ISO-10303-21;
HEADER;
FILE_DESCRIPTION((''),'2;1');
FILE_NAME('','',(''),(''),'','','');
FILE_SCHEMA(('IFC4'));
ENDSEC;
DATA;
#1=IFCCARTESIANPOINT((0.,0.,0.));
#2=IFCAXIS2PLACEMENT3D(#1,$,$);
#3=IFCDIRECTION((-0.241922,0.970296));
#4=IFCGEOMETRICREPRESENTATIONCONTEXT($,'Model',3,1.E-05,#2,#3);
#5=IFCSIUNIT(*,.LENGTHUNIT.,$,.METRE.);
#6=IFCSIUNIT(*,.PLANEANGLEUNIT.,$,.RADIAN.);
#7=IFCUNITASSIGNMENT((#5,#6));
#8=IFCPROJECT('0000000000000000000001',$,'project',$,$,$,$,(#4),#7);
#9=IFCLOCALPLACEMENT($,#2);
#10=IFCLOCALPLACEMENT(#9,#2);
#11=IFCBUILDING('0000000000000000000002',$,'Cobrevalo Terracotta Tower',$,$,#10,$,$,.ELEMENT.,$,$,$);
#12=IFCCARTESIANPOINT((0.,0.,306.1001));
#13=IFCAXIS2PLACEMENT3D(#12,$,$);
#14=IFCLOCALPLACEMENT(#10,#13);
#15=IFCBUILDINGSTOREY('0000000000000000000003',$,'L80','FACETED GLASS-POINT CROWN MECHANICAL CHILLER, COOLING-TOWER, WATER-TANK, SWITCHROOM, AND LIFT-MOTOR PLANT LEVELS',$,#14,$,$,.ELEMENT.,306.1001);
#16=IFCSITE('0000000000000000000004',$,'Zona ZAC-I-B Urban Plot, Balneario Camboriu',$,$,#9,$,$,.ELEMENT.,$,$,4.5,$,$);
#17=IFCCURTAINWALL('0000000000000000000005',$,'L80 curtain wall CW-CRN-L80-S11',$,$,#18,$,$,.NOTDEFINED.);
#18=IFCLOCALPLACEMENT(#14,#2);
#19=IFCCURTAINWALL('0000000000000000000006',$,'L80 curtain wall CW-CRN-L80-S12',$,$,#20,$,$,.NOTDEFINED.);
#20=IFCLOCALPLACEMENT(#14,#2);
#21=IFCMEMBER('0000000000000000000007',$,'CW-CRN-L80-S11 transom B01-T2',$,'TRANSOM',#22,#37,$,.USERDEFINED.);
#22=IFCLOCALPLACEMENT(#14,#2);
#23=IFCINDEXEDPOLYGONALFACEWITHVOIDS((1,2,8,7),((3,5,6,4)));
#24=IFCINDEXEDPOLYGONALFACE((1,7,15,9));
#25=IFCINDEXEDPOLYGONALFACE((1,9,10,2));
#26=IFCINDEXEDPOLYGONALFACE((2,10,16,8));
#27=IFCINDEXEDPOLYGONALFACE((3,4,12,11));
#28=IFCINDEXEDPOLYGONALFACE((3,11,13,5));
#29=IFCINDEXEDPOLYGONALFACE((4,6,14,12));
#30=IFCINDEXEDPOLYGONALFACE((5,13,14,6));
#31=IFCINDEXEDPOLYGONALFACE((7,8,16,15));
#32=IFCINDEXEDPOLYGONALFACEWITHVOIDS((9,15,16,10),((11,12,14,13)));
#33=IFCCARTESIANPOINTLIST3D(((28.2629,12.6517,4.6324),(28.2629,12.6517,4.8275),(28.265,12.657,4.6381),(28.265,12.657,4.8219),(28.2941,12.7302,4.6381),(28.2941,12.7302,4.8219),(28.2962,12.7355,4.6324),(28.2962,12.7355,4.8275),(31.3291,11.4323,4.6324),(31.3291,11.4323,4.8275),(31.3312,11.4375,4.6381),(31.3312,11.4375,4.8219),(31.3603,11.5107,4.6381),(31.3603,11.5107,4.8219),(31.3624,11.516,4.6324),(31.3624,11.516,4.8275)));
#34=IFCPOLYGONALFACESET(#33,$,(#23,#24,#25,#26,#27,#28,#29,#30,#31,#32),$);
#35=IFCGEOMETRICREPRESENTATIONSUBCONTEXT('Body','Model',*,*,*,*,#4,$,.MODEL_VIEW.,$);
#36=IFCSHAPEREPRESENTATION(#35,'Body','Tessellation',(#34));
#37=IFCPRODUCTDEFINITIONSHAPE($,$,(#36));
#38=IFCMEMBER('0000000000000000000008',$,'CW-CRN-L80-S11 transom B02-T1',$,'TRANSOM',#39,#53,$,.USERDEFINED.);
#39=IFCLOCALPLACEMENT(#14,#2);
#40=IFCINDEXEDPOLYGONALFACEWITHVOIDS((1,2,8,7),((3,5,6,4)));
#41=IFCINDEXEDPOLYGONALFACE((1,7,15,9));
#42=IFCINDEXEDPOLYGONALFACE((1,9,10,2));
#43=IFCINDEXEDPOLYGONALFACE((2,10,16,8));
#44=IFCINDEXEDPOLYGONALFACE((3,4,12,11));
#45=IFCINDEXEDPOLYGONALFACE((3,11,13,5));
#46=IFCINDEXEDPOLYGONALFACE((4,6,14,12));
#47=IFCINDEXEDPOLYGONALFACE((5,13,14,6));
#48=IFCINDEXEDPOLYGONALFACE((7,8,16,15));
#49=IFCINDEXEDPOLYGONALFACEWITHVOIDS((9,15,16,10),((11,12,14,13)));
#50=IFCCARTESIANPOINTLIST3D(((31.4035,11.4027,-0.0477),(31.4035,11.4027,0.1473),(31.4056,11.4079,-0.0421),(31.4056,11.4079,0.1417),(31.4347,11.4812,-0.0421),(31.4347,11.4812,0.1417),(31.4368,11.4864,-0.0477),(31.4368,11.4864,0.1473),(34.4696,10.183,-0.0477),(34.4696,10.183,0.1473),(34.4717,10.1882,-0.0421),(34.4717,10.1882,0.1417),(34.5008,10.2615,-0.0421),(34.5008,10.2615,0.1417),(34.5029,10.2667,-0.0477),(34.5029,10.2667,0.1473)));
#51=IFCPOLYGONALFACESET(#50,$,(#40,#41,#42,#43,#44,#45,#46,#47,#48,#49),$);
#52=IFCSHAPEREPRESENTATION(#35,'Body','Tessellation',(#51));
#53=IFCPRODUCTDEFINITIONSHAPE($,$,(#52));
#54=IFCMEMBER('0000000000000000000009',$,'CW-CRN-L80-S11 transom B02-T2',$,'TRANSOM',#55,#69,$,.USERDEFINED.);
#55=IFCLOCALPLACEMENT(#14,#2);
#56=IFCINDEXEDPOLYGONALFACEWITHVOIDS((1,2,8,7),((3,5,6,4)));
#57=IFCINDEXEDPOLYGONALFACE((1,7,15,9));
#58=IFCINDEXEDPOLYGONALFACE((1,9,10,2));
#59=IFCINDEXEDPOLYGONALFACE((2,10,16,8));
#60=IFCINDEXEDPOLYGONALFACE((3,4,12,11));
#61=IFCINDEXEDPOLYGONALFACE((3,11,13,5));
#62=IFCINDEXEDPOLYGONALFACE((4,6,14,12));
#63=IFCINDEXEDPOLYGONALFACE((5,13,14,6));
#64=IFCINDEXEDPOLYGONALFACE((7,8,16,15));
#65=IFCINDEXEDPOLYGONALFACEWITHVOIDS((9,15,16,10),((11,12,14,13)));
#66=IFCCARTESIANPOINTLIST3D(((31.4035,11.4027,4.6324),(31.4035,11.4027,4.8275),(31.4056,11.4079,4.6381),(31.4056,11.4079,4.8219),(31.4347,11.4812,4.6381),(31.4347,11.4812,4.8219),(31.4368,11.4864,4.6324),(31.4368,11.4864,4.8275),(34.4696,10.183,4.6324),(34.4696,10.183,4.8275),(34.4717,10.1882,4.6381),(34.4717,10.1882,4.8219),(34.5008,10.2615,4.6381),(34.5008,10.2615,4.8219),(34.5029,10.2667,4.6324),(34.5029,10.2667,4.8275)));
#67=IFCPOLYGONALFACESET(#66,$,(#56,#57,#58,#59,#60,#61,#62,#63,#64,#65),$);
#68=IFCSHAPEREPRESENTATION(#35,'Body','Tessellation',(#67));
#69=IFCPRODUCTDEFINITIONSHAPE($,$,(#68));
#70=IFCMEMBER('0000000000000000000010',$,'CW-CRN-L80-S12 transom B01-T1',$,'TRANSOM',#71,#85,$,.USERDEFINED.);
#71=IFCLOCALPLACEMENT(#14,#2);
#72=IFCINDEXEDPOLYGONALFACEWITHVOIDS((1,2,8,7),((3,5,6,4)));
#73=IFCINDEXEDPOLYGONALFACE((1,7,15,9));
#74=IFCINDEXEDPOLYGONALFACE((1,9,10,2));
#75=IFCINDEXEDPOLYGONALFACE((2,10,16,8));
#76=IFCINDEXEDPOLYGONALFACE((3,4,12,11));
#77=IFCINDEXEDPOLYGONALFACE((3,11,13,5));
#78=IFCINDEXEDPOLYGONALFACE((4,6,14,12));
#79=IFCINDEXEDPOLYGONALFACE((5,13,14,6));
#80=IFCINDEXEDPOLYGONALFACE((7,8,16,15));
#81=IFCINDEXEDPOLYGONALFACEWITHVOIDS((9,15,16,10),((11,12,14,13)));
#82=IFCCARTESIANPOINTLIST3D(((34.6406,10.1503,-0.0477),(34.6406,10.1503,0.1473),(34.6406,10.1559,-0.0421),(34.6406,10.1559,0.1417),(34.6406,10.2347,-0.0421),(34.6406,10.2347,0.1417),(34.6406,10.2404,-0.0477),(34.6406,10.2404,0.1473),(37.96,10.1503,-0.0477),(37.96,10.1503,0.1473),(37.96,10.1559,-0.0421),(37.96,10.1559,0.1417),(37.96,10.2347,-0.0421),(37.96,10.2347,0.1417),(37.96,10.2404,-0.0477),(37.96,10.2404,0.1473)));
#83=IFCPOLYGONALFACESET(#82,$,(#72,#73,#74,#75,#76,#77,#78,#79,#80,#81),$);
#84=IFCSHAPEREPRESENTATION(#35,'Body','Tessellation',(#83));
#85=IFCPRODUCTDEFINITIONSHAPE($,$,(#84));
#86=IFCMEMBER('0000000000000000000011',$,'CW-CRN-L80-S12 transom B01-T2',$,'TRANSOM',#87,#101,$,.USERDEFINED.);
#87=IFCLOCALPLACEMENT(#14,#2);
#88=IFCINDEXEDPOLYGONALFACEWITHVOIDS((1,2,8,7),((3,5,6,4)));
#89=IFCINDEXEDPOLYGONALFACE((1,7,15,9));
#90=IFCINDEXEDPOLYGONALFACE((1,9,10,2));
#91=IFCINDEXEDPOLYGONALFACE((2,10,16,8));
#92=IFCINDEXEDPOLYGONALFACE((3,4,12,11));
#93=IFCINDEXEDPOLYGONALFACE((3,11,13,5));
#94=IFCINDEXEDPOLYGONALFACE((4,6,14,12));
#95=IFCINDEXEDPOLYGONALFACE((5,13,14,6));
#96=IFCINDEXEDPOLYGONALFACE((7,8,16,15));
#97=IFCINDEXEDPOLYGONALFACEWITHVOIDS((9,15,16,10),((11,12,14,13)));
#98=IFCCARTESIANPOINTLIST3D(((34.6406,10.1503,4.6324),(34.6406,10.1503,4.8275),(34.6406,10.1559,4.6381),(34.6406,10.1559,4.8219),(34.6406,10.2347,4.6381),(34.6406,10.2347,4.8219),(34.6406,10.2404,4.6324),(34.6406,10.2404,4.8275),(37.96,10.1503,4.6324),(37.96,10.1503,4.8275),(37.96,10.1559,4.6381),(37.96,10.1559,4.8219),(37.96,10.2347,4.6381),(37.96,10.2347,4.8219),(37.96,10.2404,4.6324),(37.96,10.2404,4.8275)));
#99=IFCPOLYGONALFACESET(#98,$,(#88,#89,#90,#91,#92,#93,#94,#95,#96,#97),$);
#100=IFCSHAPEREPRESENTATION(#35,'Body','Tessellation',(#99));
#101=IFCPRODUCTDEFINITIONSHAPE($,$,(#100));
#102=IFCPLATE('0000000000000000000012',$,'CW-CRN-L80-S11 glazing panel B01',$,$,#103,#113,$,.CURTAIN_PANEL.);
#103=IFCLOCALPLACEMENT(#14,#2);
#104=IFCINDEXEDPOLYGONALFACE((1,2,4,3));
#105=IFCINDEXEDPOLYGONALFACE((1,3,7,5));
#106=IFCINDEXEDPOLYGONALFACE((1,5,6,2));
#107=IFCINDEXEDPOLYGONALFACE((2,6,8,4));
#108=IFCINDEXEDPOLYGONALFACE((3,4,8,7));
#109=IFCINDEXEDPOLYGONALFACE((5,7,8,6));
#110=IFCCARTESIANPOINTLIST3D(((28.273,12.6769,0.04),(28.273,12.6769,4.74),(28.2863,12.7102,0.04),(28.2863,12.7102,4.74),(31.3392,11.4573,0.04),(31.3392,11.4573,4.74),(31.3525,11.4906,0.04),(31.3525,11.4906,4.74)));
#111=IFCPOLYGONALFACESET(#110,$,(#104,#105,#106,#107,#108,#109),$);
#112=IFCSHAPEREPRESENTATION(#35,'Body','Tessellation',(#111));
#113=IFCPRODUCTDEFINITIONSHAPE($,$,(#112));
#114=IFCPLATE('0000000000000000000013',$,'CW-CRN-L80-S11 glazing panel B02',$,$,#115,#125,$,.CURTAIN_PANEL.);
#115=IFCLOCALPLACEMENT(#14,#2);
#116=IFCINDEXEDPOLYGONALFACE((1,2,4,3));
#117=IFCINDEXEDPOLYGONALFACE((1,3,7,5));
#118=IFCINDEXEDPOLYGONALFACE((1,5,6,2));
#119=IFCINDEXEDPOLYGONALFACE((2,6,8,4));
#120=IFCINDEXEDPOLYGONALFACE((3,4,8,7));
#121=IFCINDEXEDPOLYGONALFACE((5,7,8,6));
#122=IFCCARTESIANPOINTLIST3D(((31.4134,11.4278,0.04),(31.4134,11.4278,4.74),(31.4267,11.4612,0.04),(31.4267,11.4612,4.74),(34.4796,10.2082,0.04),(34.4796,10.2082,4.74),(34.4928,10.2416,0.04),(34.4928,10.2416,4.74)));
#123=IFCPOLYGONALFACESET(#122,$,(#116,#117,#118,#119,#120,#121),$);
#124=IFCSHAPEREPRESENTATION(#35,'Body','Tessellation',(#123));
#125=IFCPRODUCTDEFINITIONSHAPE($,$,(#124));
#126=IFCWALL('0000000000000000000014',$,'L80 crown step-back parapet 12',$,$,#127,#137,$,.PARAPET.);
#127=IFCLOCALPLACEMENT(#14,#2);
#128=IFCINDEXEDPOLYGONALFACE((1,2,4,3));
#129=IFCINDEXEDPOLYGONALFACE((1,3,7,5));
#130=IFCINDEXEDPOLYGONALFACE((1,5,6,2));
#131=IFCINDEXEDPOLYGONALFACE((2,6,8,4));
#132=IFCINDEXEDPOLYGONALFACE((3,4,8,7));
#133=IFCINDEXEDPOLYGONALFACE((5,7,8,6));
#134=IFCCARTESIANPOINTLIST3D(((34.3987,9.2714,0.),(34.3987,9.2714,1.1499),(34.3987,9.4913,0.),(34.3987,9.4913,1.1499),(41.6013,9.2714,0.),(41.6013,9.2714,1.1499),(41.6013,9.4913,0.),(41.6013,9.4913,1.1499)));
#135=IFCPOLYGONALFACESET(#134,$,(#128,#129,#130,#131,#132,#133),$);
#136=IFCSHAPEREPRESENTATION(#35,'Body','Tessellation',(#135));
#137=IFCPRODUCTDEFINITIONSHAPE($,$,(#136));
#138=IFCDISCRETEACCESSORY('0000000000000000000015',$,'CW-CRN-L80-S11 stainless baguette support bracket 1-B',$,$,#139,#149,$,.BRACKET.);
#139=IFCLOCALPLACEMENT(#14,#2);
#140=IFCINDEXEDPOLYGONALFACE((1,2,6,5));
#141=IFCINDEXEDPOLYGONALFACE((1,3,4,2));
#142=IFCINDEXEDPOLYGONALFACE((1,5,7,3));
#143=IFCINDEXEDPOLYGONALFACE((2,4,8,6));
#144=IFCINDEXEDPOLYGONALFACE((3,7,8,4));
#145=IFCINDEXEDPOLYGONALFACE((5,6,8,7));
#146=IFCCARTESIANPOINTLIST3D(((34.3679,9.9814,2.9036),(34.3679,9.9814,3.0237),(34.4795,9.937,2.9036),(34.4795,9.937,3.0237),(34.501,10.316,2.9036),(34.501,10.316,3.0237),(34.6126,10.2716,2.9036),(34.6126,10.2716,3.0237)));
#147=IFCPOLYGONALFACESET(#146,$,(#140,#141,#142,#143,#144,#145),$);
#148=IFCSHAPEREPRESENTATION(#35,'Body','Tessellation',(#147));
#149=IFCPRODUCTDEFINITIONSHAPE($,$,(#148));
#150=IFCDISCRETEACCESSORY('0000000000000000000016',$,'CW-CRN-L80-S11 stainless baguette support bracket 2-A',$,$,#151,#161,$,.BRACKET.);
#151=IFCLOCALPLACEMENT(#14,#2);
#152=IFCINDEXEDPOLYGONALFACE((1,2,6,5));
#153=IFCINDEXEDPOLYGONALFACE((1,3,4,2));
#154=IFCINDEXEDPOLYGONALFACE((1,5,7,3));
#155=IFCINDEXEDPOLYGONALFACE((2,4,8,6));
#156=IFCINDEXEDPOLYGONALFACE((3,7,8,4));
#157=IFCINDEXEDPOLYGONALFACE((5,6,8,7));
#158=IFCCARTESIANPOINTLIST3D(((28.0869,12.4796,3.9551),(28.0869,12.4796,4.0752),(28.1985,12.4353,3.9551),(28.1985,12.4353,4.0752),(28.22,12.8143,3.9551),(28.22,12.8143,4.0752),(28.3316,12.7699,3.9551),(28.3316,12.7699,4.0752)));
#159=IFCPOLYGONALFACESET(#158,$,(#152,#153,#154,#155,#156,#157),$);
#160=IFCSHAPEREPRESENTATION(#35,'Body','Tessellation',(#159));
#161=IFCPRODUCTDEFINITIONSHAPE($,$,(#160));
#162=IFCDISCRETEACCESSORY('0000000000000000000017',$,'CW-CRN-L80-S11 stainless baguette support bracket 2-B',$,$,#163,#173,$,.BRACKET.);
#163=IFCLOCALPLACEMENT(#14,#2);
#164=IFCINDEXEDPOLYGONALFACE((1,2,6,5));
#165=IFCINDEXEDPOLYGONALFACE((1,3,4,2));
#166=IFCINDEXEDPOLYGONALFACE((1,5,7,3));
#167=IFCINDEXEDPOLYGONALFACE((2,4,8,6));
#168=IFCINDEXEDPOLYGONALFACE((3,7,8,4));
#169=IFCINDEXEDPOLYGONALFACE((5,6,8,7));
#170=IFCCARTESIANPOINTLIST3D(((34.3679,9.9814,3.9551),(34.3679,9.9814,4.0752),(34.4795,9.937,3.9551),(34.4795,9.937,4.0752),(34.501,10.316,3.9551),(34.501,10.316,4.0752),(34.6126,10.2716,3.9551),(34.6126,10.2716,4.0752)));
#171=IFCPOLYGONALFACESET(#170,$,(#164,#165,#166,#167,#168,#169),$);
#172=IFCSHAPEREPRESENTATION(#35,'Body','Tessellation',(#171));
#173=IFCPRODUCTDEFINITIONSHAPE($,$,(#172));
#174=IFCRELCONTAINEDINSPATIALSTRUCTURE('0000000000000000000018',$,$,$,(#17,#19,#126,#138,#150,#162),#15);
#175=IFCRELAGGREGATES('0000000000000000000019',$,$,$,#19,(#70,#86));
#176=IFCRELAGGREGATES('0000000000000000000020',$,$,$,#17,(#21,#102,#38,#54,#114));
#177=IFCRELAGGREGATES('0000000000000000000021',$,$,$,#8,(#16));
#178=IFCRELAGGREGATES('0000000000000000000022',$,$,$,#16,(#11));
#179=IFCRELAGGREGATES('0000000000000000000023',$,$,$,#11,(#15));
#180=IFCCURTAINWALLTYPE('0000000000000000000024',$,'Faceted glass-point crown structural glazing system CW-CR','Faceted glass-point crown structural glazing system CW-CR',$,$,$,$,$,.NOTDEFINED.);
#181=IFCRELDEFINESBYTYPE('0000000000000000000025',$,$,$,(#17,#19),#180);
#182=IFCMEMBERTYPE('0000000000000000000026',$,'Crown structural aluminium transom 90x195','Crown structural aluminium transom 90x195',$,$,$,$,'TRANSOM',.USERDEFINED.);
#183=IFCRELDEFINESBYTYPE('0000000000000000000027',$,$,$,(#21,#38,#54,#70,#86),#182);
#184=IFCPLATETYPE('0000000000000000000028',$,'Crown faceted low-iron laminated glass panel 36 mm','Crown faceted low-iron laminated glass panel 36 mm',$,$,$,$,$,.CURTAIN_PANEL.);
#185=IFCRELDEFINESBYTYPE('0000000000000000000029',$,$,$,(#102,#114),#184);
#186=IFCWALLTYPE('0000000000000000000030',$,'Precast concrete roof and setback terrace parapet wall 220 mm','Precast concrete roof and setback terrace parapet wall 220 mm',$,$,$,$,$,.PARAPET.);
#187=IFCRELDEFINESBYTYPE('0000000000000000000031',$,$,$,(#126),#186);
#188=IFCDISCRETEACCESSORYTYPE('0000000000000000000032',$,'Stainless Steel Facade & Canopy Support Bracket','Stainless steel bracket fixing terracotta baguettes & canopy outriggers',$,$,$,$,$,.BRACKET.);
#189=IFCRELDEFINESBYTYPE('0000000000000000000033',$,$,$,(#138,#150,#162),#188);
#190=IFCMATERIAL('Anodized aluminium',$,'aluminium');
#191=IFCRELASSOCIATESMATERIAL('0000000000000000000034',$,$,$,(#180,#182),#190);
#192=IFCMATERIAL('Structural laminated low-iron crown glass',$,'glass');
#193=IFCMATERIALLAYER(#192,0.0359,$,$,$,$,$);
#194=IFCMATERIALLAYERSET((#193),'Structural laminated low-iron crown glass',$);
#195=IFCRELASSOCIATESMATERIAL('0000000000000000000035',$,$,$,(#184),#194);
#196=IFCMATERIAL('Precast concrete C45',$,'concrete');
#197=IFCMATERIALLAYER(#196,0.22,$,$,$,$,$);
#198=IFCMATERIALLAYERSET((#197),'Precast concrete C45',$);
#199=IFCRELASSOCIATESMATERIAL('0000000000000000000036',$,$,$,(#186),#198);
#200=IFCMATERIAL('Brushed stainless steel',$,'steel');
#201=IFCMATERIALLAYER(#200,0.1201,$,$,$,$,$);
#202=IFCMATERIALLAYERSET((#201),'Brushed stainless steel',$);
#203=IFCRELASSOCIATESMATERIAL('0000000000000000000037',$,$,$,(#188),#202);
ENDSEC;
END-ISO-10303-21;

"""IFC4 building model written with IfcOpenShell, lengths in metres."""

from ifc_helpers import new_model, si_unit, direction, frame, frame_2d, origin, origin_2d, place, context, subcontext, project, spatial, rectangle, hollow_rectangle, extrude, source, transform, mapped, material, layer, layer_set, material_profile, profile_set, type_object, element, aggregate, save


model = new_model("IFC4")

# Units and contexts
model_context = context("Model", 3, precision=1e-05, world=origin(), true_north=direction((-0.241922, 0.970296)))
body_context = subcontext(model_context, "Body", "Model", "MODEL_VIEW")
ifc_project = project(units=[si_unit("LENGTHUNIT", "METRE"), si_unit("PLANEANGLEUNIT", "RADIAN")], contexts=[model_context])

# Site, building, storey
site_placement = place(None, origin())
site = spatial("IfcSite", under=ifc_project, at=site_placement, Name="Zona ZAC-I-B Urban Plot, Balneario Camboriu", CompositionType="ELEMENT", RefElevation=4.5)
building_placement = place(site_placement, origin())
building = spatial("IfcBuilding", under=site, at=building_placement, Name="Cobrevalo Terracotta Tower", CompositionType="ELEMENT")
storey_placement = place(building_placement, frame((0.0, 0.0, 306.1001)))
storey = spatial("IfcBuildingStorey", under=building, at=storey_placement, Name="L80", Description="FACETED GLASS-POINT CROWN MECHANICAL CHILLER, COOLING-TOWER, WATER-TANK, SWITCHROOM, AND LIFT-MOTOR PLANT LEVELS", CompositionType="ELEMENT", Elevation=306.1001)

# Curtain wall
ifc_material_1 = material(Name="Anodized aluminium", Category="aluminium")
curtain_wall_type = type_object("IfcCurtainWallType", Name="Faceted glass-point crown structural glazing system CW-CR", Description="Faceted glass-point crown structural glazing system CW-CR", PredefinedType="NOTDEFINED", material=ifc_material_1)
curtain_wall_1_placement = place(storey_placement, origin())
curtain_wall_1 = element("IfcCurtainWall", 1, at=curtain_wall_1_placement, inside=storey, type_object=curtain_wall_type, Name="L80 curtain wall CW-CRN-L80-S11", PredefinedType="NOTDEFINED")

# Curtain wall
curtain_wall_2_placement = place(storey_placement, origin())
curtain_wall_2 = element("IfcCurtainWall", 2, at=curtain_wall_2_placement, inside=storey, type_object=curtain_wall_type, Name="L80 curtain wall CW-CRN-L80-S12", PredefinedType="NOTDEFINED")

# Members
ifc_material_profile_1 = material_profile(ifc_material_1, hollow_rectangle(XDim=0.0901, YDim=0.1951, WallThickness=0.0056, at=origin_2d()), Name="CWT 90x195")
ifc_profile_set_1 = profile_set([ifc_material_profile_1], Name="Anodized aluminium")
member_type_1 = type_object("IfcMemberType", Name="Crown structural aluminium transom 90x195", Description="Crown structural aluminium transom 90x195", ElementType="TRANSOM", PredefinedType="USERDEFINED", material=ifc_profile_set_1)
shared_shape_1 = source(origin(), body_context, "Body", "SweptSolid", [
    extrude(hollow_rectangle(XDim=0.0901, YDim=0.1951, WallThickness=0.0056, at=origin_2d()), origin(), (0.0, 0.0, 1.0), 3.2998),
])
member_1_placement = place(storey_placement, frame((28.2795, 12.6936, 4.73), z_axis=(0.929205, -0.369566, 0.0), x_axis=(0.369566, 0.929205, 0.0)))
member_1 = element("IfcMember", 3, at=member_1_placement, type_object=member_type_1, Name="CW-CRN-L80-S11 transom B01-T2", ObjectType="TRANSOM", PredefinedType="USERDEFINED", context=body_context, shape_type="MappedRepresentation", body=[
    mapped(shared_shape_1, transform((0.0, 0.0, 0.0), scale=1.0)),
])
member_2_placement = place(storey_placement, frame((31.4202, 11.4446, 0.0498), z_axis=(0.929179, -0.36963, 0.0), x_axis=(0.36963, 0.929179, 0.0)))
member_2 = element("IfcMember", 4, at=member_2_placement, type_object=member_type_1, Name="CW-CRN-L80-S11 transom B02-T1", ObjectType="TRANSOM", PredefinedType="USERDEFINED", context=body_context, shape_type="MappedRepresentation", body=[
    mapped(shared_shape_1, transform((0.0, 0.0, 0.0), scale=1.0)),
])
member_3_placement = place(storey_placement, frame((31.4202, 11.4446, 4.73), z_axis=(0.929179, -0.36963, 0.0), x_axis=(0.36963, 0.929179, 0.0)))
member_3 = element("IfcMember", 5, at=member_3_placement, type_object=member_type_1, Name="CW-CRN-L80-S11 transom B02-T2", ObjectType="TRANSOM", PredefinedType="USERDEFINED", context=body_context, shape_type="MappedRepresentation", body=[
    mapped(shared_shape_1, transform((0.0, 0.0, 0.0), scale=1.0)),
])
shared_shape_2 = source(origin(), body_context, "Body", "SweptSolid", [
    extrude(hollow_rectangle(XDim=0.0901, YDim=0.1951, WallThickness=0.0056, at=origin_2d()), origin(), (0.0, 0.0, 1.0), 3.3193),
])
member_4_placement = place(storey_placement, frame((34.6406, 10.1953, 0.0498), z_axis=(1.0, 0.0, 0.0), x_axis=(0.0, 1.0, 0.0)))
member_4 = element("IfcMember", 6, at=member_4_placement, type_object=member_type_1, Name="CW-CRN-L80-S12 transom B01-T1", ObjectType="TRANSOM", PredefinedType="USERDEFINED", context=body_context, shape_type="MappedRepresentation", body=[
    mapped(shared_shape_2, transform((0.0, 0.0, 0.0), scale=1.0)),
])
member_5_placement = place(storey_placement, frame((34.6406, 10.1953, 4.73), z_axis=(1.0, 0.0, 0.0), x_axis=(0.0, 1.0, 0.0)))
member_5 = element("IfcMember", 7, at=member_5_placement, type_object=member_type_1, Name="CW-CRN-L80-S12 transom B01-T2", ObjectType="TRANSOM", PredefinedType="USERDEFINED", context=body_context, shape_type="MappedRepresentation", body=[
    mapped(shared_shape_2, transform((0.0, 0.0, 0.0), scale=1.0)),
])
aggregate(curtain_wall_2, [member_4, member_5])

# Plates
ifc_material_2 = material(Name="Structural laminated low-iron crown glass", Category="glass")
ifc_layer_1 = layer(ifc_material_2, 0.0359)
ifc_layer_set_1 = layer_set([ifc_layer_1], Name="Structural laminated low-iron crown glass")
plate_type = type_object("IfcPlateType", Name="Crown faceted low-iron laminated glass panel 36 mm", Description="Crown faceted low-iron laminated glass panel 36 mm", PredefinedType="CURTAIN_PANEL", material=ifc_layer_set_1)
shared_shape_3 = source(origin(), body_context, "Body", "SweptSolid", [
    extrude(rectangle(XDim=3.2998, YDim=0.0359, at=origin_2d()), origin(), (0.0, 0.0, 1.0), 4.7),
])
plate_1_placement = place(storey_placement, frame((29.8127, 12.0837, 0.04), z_axis=(0.0, 0.0, 1.0), x_axis=(0.929191, -0.369601, 0.0)))
plate_1 = element("IfcPlate", 8, at=plate_1_placement, type_object=plate_type, Name="CW-CRN-L80-S11 glazing panel B01", PredefinedType="CURTAIN_PANEL", context=body_context, shape_type="MappedRepresentation", body=[
    mapped(shared_shape_3, transform((0.0, 0.0, 0.0), scale=1.0)),
])
plate_2_placement = place(storey_placement, frame((32.9531, 10.8347, 0.04), z_axis=(0.0, 0.0, 1.0), x_axis=(0.929191, -0.369601, 0.0)))
plate_2 = element("IfcPlate", 9, at=plate_2_placement, type_object=plate_type, Name="CW-CRN-L80-S11 glazing panel B02", PredefinedType="CURTAIN_PANEL", context=body_context, shape_type="MappedRepresentation", body=[
    mapped(shared_shape_3, transform((0.0, 0.0, 0.0), scale=1.0)),
])
aggregate(curtain_wall_1, [member_1, plate_1, member_2, member_3, plate_2])

# Wall
ifc_material_3 = material(Name="Precast concrete C45", Category="concrete")
ifc_layer_2 = layer(ifc_material_3, 0.22)
ifc_layer_set_2 = layer_set([ifc_layer_2], Name="Precast concrete C45")
wall_type = type_object("IfcWallType", Name="Precast concrete roof and setback terrace parapet wall 220 mm", Description="Precast concrete roof and setback terrace parapet wall 220 mm", PredefinedType="PARAPET", material=ifc_layer_set_2)
wall_placement = place(storey_placement, frame((34.3987, 9.3813, 0.0), z_axis=(0.0, 0.0, 1.0), x_axis=(1.0, 0.0, 0.0)))
element("IfcWall", 10, at=wall_placement, inside=storey, type_object=wall_type, Name="L80 crown step-back parapet 12", PredefinedType="PARAPET", context=body_context, shape_type="SweptSolid", body=[
    extrude(rectangle(XDim=7.2026, YDim=0.22, at=frame_2d((3.6013, 0.0))), origin(), (0.0, 0.0, 1.0), 1.1499),
])

# Discrete accessories
ifc_material_4 = material(Name="Brushed stainless steel", Category="steel")
ifc_layer_3 = layer(ifc_material_4, 0.1201)
ifc_layer_set_3 = layer_set([ifc_layer_3], Name="Brushed stainless steel")
discrete_accessory_type = type_object("IfcDiscreteAccessoryType", Name="Stainless Steel Facade & Canopy Support Bracket", Description="Stainless steel bracket fixing terracotta baguettes & canopy outriggers", PredefinedType="BRACKET", material=ifc_layer_set_3)
shared_shape_4 = source(origin(), body_context, "Body", "SweptSolid", [
    extrude(rectangle(XDim=0.1201, YDim=0.3601, at=origin_2d()), origin(), (0.0, 0.0, 1.0), 0.1201),
])
for number, where, z_axis, x_axis, name in (
    (11, (34.4902, 10.1265, 2.9036), (0.0, 0.0, 1.0), (0.929191, -0.369601, 0.0), "CW-CRN-L80-S11 stainless baguette support bracket 1-B"),
    (12, (28.2092, 12.6248, 3.9551), (0.0, 0.0, 1.0), (0.929191, -0.369601, 0.0), "CW-CRN-L80-S11 stainless baguette support bracket 2-A"),
    (13, (34.4902, 10.1265, 3.9551), (0.0, 0.0, 1.0), (0.929191, -0.369601, 0.0), "CW-CRN-L80-S11 stainless baguette support bracket 2-B"),
):
    element("IfcDiscreteAccessory", number, at=place(storey_placement, frame(where, z_axis=z_axis, x_axis=x_axis)), inside=storey, type_object=discrete_accessory_type, Name=name, PredefinedType="BRACKET", context=body_context, shape_type="MappedRepresentation", body=[
        mapped(shared_shape_4, transform((0.0, 0.0, 0.0), scale=1.0)),
    ])

save(model, "model.ifc")
